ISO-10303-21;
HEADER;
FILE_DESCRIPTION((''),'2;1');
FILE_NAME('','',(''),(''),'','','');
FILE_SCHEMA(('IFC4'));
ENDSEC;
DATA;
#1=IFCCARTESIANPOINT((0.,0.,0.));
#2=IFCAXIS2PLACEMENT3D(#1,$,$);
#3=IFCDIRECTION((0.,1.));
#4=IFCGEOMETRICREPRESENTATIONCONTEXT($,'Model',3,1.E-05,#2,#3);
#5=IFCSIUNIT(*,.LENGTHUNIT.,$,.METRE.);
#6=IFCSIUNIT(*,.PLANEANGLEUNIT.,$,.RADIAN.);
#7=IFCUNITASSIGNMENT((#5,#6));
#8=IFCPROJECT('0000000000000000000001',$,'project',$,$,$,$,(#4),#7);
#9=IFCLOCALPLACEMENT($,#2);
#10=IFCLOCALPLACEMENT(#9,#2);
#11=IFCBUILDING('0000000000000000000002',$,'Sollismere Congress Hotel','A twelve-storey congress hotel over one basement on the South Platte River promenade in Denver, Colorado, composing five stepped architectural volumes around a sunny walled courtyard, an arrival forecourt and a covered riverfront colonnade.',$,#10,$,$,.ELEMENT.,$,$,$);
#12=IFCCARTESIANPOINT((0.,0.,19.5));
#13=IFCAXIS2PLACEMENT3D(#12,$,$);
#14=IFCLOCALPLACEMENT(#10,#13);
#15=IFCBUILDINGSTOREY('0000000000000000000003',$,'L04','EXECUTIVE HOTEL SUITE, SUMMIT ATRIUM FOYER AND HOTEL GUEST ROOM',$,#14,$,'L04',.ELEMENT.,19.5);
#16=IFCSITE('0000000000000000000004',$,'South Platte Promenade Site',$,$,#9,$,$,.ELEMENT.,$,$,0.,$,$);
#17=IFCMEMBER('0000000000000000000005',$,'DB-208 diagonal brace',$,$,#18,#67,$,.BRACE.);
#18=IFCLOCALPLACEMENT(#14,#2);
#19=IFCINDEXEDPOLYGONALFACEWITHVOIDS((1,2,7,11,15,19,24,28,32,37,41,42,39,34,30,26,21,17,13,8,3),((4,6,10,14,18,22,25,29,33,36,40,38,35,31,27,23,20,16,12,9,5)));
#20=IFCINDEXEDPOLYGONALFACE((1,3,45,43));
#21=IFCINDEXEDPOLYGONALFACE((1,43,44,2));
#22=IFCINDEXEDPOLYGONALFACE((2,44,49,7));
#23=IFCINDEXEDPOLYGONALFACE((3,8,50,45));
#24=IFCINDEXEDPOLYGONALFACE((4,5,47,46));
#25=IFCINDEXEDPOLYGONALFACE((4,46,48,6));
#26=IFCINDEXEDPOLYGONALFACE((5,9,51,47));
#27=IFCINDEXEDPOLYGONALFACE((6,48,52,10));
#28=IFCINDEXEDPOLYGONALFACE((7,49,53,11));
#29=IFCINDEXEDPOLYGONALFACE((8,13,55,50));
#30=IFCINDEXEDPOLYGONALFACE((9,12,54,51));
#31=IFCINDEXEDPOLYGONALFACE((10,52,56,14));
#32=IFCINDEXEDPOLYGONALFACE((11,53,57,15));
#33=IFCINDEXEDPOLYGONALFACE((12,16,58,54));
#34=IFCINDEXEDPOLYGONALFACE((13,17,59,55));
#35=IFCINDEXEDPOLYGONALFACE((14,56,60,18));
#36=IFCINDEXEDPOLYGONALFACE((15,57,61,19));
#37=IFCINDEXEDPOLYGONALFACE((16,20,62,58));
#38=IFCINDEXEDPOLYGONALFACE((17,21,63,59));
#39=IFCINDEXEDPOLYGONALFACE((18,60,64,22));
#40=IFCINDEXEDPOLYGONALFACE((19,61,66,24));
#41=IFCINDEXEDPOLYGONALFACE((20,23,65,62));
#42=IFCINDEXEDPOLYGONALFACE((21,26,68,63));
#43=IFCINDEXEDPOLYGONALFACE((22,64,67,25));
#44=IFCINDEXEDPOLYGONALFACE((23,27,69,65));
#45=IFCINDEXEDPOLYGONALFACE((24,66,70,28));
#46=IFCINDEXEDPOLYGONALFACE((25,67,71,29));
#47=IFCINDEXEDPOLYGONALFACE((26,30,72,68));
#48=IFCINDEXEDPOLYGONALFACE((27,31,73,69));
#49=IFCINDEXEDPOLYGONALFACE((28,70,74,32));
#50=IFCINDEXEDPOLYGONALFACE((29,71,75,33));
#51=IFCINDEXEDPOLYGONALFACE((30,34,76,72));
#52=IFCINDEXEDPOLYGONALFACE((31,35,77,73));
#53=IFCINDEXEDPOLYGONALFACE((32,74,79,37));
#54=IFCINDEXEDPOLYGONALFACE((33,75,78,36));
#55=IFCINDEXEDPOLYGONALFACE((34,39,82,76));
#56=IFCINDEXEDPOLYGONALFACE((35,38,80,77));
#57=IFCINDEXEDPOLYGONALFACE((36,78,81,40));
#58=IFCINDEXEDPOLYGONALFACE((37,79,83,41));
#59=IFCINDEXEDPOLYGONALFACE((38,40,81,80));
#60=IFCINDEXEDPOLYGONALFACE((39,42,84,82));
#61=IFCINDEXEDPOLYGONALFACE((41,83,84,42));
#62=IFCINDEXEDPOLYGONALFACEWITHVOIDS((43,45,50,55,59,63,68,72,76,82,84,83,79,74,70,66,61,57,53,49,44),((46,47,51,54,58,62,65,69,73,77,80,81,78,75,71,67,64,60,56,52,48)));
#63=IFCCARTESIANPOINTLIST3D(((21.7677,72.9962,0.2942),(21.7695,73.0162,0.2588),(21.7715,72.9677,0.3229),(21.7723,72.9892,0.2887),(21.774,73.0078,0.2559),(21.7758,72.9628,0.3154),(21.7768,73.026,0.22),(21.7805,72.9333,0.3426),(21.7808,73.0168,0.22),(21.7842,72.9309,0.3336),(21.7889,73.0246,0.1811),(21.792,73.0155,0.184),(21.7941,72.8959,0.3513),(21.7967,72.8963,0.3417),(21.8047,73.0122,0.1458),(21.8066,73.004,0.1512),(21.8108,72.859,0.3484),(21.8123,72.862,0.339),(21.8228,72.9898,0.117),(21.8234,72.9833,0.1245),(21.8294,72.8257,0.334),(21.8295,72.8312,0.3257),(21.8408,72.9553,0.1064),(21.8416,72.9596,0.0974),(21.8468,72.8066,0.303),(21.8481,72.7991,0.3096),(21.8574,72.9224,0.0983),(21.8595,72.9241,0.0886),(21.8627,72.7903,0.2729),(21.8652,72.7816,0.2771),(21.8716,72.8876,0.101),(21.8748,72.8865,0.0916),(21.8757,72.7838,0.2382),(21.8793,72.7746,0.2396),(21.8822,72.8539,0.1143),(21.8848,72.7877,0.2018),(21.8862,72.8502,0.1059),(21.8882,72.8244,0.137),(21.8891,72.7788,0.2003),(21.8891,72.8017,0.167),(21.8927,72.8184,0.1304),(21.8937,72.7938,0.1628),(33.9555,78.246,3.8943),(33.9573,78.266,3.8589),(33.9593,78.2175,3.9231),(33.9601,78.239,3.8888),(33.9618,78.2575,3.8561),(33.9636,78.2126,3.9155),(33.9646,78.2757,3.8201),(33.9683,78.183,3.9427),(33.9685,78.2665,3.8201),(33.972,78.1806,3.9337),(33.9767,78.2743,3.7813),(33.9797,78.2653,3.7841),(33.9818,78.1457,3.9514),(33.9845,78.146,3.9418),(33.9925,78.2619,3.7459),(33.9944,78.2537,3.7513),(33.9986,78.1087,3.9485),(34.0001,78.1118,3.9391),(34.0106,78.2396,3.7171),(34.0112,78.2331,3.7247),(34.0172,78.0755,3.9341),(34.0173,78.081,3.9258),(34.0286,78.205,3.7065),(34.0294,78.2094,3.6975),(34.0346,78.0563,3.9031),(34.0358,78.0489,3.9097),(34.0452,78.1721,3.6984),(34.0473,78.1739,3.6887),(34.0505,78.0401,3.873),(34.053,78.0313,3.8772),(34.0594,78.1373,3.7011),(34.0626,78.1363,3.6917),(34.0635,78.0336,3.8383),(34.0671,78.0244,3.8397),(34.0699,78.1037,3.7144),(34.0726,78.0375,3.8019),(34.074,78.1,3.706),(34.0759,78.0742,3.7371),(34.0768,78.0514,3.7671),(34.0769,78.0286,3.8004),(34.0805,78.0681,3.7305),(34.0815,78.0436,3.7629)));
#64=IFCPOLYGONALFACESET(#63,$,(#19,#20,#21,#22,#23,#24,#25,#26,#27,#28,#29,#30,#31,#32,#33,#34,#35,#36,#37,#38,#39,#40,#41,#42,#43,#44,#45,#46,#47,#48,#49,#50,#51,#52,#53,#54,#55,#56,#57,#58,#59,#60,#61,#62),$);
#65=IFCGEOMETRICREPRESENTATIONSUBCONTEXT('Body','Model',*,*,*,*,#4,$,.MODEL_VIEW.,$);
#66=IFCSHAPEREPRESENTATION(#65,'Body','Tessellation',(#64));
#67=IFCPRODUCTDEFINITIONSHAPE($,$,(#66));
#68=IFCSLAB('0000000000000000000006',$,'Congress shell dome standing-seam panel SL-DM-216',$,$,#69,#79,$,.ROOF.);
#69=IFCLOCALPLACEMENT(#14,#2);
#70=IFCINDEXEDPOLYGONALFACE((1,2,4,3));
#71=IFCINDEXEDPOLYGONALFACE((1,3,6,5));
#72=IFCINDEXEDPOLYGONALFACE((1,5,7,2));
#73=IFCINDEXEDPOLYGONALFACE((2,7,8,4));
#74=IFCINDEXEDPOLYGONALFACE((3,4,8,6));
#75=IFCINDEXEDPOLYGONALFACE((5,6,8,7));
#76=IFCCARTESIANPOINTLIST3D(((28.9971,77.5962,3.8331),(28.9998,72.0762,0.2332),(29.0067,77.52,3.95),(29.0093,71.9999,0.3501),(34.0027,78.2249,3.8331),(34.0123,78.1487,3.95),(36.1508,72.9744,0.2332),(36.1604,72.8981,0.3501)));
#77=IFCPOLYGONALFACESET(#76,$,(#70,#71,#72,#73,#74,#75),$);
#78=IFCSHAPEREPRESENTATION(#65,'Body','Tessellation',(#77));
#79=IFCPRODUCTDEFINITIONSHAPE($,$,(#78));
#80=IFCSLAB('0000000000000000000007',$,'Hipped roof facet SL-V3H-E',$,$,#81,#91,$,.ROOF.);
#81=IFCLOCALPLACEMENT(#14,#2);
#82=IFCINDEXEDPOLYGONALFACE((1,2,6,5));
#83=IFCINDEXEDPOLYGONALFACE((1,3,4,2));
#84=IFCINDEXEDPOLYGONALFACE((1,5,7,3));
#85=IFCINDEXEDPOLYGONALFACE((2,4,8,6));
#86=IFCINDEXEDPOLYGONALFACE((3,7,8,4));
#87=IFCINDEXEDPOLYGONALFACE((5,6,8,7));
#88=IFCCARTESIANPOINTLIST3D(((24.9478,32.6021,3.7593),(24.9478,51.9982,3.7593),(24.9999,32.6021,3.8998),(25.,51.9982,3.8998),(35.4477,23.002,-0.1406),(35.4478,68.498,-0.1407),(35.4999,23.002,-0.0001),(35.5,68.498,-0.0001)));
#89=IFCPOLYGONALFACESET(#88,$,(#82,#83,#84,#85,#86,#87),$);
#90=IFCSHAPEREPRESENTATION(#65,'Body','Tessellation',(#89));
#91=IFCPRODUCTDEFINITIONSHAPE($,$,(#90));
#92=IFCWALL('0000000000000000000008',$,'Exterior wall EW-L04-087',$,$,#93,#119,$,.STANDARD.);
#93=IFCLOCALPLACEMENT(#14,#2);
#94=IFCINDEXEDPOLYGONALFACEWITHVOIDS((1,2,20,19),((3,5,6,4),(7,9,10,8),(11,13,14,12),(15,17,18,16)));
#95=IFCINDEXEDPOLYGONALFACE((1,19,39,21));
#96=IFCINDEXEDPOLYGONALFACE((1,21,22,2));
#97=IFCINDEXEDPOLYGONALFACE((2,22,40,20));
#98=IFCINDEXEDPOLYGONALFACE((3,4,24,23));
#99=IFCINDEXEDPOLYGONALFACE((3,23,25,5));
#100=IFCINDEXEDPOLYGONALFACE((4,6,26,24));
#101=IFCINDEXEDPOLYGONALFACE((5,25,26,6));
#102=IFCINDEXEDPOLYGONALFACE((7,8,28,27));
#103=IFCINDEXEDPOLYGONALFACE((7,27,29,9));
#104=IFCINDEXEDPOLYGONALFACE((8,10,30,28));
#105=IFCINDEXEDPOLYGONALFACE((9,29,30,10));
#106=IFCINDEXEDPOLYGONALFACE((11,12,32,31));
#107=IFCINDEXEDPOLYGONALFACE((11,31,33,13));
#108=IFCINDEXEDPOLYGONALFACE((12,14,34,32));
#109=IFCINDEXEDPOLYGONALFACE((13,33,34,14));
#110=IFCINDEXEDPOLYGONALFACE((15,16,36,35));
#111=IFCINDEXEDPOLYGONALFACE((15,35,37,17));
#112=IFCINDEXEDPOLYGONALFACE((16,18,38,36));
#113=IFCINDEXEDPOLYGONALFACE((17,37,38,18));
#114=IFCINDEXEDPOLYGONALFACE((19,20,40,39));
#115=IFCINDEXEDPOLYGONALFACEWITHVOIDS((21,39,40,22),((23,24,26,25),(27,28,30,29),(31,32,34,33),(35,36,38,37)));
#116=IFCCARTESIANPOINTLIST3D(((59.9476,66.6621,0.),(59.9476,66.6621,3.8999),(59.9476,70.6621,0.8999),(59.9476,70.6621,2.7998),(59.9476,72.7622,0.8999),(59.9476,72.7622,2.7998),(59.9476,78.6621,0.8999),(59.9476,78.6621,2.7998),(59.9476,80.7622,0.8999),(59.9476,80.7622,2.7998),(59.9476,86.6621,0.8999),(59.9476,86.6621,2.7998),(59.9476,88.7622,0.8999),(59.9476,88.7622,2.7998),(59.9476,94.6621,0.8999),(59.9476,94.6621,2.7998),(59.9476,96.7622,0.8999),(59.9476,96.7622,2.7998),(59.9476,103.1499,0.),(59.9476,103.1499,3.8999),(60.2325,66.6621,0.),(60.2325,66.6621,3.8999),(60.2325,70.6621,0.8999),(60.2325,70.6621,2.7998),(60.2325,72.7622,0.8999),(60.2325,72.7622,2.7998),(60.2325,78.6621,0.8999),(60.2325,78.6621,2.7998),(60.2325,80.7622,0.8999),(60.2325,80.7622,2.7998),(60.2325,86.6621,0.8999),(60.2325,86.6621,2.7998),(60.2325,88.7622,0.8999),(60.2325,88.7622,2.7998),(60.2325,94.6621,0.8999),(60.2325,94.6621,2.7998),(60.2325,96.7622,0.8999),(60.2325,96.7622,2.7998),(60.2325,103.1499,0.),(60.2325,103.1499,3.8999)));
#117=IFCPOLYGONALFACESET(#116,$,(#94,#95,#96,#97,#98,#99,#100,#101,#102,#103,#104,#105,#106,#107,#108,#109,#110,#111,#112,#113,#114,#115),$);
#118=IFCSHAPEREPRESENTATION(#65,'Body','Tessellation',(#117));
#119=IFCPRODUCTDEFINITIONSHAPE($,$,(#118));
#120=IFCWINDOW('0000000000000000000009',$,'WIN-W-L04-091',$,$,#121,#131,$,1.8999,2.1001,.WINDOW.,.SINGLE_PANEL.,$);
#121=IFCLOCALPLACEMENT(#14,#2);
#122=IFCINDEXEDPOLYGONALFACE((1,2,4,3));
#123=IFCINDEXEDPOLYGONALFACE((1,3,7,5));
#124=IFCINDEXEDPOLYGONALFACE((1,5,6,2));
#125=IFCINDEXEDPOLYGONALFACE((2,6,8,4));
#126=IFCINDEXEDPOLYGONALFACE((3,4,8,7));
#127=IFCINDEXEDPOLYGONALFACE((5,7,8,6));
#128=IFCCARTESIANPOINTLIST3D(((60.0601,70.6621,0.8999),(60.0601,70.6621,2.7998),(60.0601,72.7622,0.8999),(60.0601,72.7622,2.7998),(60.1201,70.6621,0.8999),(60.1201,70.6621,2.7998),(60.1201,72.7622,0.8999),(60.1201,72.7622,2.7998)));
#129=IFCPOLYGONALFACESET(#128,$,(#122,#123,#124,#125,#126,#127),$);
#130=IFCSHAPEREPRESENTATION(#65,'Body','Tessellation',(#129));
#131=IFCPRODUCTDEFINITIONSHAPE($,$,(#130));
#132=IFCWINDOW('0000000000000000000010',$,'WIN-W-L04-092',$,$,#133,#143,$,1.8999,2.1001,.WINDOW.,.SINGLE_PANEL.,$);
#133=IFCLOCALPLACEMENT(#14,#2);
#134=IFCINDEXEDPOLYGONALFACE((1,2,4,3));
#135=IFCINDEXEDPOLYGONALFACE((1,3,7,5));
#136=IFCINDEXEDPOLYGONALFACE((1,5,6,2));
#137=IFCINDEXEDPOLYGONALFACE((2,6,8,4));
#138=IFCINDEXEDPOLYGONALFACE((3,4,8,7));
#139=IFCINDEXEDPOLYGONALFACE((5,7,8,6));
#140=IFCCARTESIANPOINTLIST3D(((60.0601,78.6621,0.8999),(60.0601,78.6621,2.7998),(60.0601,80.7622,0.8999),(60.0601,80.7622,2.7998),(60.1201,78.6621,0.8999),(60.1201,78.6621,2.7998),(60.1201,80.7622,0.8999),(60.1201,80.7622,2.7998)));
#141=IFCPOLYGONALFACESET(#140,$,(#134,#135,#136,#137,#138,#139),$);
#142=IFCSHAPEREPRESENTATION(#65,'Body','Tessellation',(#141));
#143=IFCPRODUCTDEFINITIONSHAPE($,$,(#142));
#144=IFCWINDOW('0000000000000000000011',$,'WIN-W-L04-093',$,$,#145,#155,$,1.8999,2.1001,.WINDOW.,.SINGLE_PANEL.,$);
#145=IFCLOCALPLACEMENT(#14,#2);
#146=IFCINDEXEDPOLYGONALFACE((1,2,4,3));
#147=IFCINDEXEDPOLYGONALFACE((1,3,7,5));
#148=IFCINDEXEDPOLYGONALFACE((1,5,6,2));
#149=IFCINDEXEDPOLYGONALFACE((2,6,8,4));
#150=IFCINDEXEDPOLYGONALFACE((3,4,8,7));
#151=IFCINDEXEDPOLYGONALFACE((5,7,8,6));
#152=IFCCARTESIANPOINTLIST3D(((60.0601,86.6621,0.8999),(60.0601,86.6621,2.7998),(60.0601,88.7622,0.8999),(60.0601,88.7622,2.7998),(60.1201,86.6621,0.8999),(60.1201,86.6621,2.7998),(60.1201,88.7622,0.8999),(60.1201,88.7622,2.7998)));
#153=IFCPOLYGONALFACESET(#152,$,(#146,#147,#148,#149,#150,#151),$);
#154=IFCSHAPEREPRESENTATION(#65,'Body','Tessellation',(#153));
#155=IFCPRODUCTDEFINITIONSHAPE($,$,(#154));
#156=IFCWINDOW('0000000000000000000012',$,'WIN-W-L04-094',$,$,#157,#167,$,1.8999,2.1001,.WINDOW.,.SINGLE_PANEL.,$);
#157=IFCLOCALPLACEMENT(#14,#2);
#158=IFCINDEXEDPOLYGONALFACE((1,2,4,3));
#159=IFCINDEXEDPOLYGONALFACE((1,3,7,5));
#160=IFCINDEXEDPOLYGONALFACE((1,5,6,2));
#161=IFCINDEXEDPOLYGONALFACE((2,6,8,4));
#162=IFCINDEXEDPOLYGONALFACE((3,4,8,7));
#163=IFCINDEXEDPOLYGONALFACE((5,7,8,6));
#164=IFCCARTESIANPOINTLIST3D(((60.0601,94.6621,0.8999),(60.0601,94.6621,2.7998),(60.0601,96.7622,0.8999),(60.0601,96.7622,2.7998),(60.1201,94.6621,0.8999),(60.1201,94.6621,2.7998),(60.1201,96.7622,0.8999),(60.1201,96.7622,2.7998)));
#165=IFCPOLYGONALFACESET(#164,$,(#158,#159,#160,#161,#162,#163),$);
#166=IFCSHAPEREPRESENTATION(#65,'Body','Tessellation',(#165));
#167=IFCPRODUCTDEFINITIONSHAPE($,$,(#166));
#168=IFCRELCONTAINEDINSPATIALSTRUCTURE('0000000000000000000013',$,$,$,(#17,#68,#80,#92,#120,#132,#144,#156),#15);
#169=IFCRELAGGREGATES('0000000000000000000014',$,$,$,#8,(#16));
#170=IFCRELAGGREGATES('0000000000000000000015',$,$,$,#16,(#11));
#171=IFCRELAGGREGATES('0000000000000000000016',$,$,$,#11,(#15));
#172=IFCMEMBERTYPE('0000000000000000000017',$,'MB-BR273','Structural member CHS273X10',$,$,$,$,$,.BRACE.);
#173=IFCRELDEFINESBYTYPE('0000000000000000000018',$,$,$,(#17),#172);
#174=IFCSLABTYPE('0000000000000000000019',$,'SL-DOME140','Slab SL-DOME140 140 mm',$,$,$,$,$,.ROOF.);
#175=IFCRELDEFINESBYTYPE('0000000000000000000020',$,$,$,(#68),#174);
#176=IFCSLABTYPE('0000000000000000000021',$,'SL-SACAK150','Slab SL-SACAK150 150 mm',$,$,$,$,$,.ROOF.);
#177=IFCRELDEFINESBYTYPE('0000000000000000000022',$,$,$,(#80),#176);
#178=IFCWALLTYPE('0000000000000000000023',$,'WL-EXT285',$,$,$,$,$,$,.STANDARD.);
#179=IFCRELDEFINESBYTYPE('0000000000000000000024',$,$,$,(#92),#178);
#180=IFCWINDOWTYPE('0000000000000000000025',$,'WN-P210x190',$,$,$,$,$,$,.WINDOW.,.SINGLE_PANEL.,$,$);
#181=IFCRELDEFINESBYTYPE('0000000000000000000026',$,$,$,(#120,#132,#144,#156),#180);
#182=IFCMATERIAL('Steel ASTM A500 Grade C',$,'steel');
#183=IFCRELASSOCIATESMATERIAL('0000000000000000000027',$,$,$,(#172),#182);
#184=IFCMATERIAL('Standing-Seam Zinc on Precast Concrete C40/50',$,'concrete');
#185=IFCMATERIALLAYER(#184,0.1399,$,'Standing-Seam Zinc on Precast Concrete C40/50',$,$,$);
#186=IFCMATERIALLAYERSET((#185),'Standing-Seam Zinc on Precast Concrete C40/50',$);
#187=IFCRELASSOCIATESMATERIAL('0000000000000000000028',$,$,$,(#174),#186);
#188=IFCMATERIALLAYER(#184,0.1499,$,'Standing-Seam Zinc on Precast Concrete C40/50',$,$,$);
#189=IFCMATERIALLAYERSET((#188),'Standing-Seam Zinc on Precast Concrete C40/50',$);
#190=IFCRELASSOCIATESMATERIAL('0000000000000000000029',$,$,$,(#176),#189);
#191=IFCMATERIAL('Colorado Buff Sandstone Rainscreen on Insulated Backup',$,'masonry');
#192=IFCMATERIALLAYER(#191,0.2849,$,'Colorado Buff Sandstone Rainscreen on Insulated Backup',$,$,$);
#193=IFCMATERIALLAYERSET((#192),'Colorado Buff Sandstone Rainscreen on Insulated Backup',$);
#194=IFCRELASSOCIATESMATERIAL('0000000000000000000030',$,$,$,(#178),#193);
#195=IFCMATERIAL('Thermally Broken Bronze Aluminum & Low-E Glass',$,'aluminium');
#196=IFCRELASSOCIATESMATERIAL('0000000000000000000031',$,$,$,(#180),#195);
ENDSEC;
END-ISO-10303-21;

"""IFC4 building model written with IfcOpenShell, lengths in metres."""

from ifc_helpers import new_model, si_unit, direction, frame, frame_2d, origin, origin_2d, place, context, subcontext, project, spatial, polyline, rectangle, hollow_circle, outline, extrude, material, layer, layer_set, material_profile, profile_set, type_object, element, fill, save


model = new_model("IFC4")

# Units and contexts
model_context = context("Model", 3, precision=1e-05, world=origin(), true_north=direction((0.0, 1.0)))
body_context = subcontext(model_context, "Body", "Model", "MODEL_VIEW")
ifc_project = project(units=[si_unit("LENGTHUNIT", "METRE"), si_unit("PLANEANGLEUNIT", "RADIAN")], contexts=[model_context])

# Site, building, storey
site_placement = place(None, origin())
site = spatial("IfcSite", under=ifc_project, at=site_placement, Name="South Platte Promenade Site", CompositionType="ELEMENT", RefElevation=0.0)
building_placement = place(site_placement, origin())
building = spatial("IfcBuilding", under=site, at=building_placement, Name="Sollismere Congress Hotel", Description="A twelve-storey congress hotel over one basement on the South Platte River promenade in Denver, Colorado, composing five stepped architectural volumes around a sunny walled courtyard, an arrival forecourt and a covered riverfront colonnade.", CompositionType="ELEMENT")
storey_placement = place(building_placement, frame((0.0, 0.0, 19.5)))
storey = spatial("IfcBuildingStorey", under=building, at=storey_placement, Name="L04", Description="EXECUTIVE HOTEL SUITE, SUMMIT ATRIUM FOYER AND HOTEL GUEST ROOM", LongName="L04", CompositionType="ELEMENT", Elevation=19.5)

# Member
ifc_material_1 = material(Name="Steel ASTM A500 Grade C", Category="steel")
ifc_material_profile_1 = material_profile(ifc_material_1, hollow_circle(Radius=0.1365, WallThickness=0.01, at=origin_2d()), Name="CHS273X10")
ifc_profile_set_1 = profile_set([ifc_material_profile_1], Name="Steel ASTM A500 Grade C")
member_type_1 = type_object("IfcMemberType", Name="MB-BR273", Description="Structural member CHS273X10", PredefinedType="BRACE", material=ifc_profile_set_1)
member_placement = place(storey_placement, frame((21.8308, 72.9006, 0.22), z_axis=(0.886383, 0.381801, 0.261826), x_axis=(-0.395602, 0.918422, 0.0)))
element("IfcMember", 1, at=member_placement, inside=storey, type_object=member_type_1, Name="DB-208 diagonal brace", PredefinedType="BRACE", context=body_context, shape_type="SweptSolid", body=[
    extrude(hollow_circle(Radius=0.1365, WallThickness=0.01, at=origin_2d()), origin(), (0.0, 0.0, 1.0), 13.75),
])

# Slabs
ifc_material_2 = material(Name="Standing-Seam Zinc on Precast Concrete C40/50", Category="concrete")
ifc_layer_1 = layer(ifc_material_2, 0.1399, Name="Standing-Seam Zinc on Precast Concrete C40/50")
ifc_layer_set_1 = layer_set([ifc_layer_1], Name="Standing-Seam Zinc on Precast Concrete C40/50")
slab_type_1 = type_object("IfcSlabType", Name="SL-DOME140", Description="Slab SL-DOME140 140 mm", PredefinedType="ROOF", material=ifc_layer_set_1)
slab_1_placement = place(storey_placement, frame((28.9998, 72.0762, 0.2332), z_axis=(0.068444, -0.544949, 0.835671), x_axis=(0.992204, 0.124621, 0.000002)))
element("IfcSlab", 2, at=slab_1_placement, inside=storey, type_object=slab_type_1, Name="Congress shell dome standing-seam panel SL-DM-216", PredefinedType="ROOF", context=body_context, shape_type="SweptSolid", body=[
    extrude(outline(polyline([(0.0, 0.0), (7.2073, 0.0), (5.7302, 6.5544), (0.6853, 6.5544), (0.0, 0.0)])), origin(), (0.0, 0.0, 1.0), 0.1399),
])
ifc_layer_2 = layer(ifc_material_2, 0.1499, Name="Standing-Seam Zinc on Precast Concrete C40/50")
ifc_layer_set_2 = layer_set([ifc_layer_2], Name="Standing-Seam Zinc on Precast Concrete C40/50")
slab_type_2 = type_object("IfcSlabType", Name="SL-SACAK150", Description="Slab SL-SACAK150 150 mm", PredefinedType="ROOF", material=ifc_layer_set_2)
slab_2_placement = place(storey_placement, frame((24.9478, 32.6021, 3.7593), z_axis=(0.348179, 0.0, 0.937428), x_axis=(0.711769, -0.650766, -0.264365)))
element("IfcSlab", 3, at=slab_2_placement, inside=storey, type_object=slab_type_2, Name="Hipped roof facet SL-V3H-E", PredefinedType="ROOF", context=body_context, shape_type="SweptSolid", body=[
    extrude(outline(polyline([(0.0, 0.0), (14.752, 0.0), (-14.8552, 34.5442), (-12.6223, 14.7271), (0.0, 0.0)])), origin(), (0.0, 0.0, 1.0), 0.1499),
])

# Wall, openings, windows
ifc_material_3 = material(Name="Colorado Buff Sandstone Rainscreen on Insulated Backup", Category="masonry")
ifc_layer_3 = layer(ifc_material_3, 0.2849, Name="Colorado Buff Sandstone Rainscreen on Insulated Backup")
ifc_layer_set_3 = layer_set([ifc_layer_3], Name="Colorado Buff Sandstone Rainscreen on Insulated Backup")
wall_type_1 = type_object("IfcWallType", Name="WL-EXT285", PredefinedType="STANDARD", material=ifc_layer_set_3)
wall_1_placement = place(storey_placement, frame((60.0901, 66.6621, 0.0), z_axis=(0.0, 0.0, 1.0), x_axis=(0.0, 1.0, 0.0)))
wall_1 = element("IfcWall", 4, at=wall_1_placement, inside=storey, type_object=wall_type_1, Name="Exterior wall EW-L04-087", PredefinedType="STANDARD", context=body_context, shape_type="SweptSolid", body=[
    extrude(rectangle(XDim=36.4878, YDim=0.2849, at=frame_2d((18.2439, 0.0))), origin(), (0.0, 0.0, 1.0), 3.8999),
])
opening_1_placement = place(wall_1_placement, frame((4.0, 0.0, 0.8999)))
opening_1 = element("IfcOpeningElement", 5, at=opening_1_placement, cuts=wall_1, PredefinedType="OPENING", context=body_context, shape_type="SweptSolid", body=[
    extrude(rectangle(XDim=2.1001, YDim=1.8999, at=frame_2d((1.05, 0.95))), frame((0.0, 0.1523, 0.0), z_axis=(0.0, -1.0, 0.0), x_axis=(1.0, 0.0, 0.0)), (0.0, 0.0, 1.0), 0.3049),
])
opening_2_placement = place(wall_1_placement, frame((12.0, 0.0, 0.8999)))
opening_2 = element("IfcOpeningElement", 6, at=opening_2_placement, cuts=wall_1, PredefinedType="OPENING", context=body_context, shape_type="SweptSolid", body=[
    extrude(rectangle(XDim=2.1001, YDim=1.8999, at=frame_2d((1.05, 0.95))), frame((0.0, 0.1523, 0.0), z_axis=(0.0, -1.0, 0.0), x_axis=(1.0, 0.0, 0.0)), (0.0, 0.0, 1.0), 0.3049),
])
opening_3_placement = place(wall_1_placement, frame((20.0, 0.0, 0.8999)))
opening_3 = element("IfcOpeningElement", 7, at=opening_3_placement, cuts=wall_1, PredefinedType="OPENING", context=body_context, shape_type="SweptSolid", body=[
    extrude(rectangle(XDim=2.1001, YDim=1.8999, at=frame_2d((1.05, 0.95))), frame((0.0, 0.1523, 0.0), z_axis=(0.0, -1.0, 0.0), x_axis=(1.0, 0.0, 0.0)), (0.0, 0.0, 1.0), 0.3049),
])
opening_4_placement = place(wall_1_placement, frame((28.0, 0.0, 0.8999)))
opening_4 = element("IfcOpeningElement", 8, at=opening_4_placement, cuts=wall_1, PredefinedType="OPENING", context=body_context, shape_type="SweptSolid", body=[
    extrude(rectangle(XDim=2.1001, YDim=1.8999, at=frame_2d((1.05, 0.95))), frame((0.0, 0.1523, 0.0), z_axis=(0.0, -1.0, 0.0), x_axis=(1.0, 0.0, 0.0)), (0.0, 0.0, 1.0), 0.3049),
])
ifc_material_4 = material(Name="Thermally Broken Bronze Aluminum & Low-E Glass", Category="aluminium")
window_type_1 = type_object("IfcWindowType", Name="WN-P210x190", PartitioningType="SINGLE_PANEL", PredefinedType="WINDOW", material=ifc_material_4)
window_1_placement = place(opening_1_placement, origin())
window_1 = element("IfcWindow", 9, at=window_1_placement, inside=storey, type_object=window_type_1, Name="WIN-W-L04-091", OverallHeight=1.8999, OverallWidth=2.1001, PartitioningType="SINGLE_PANEL", PredefinedType="WINDOW", context=body_context, shape_type="SweptSolid", body=[
    extrude(rectangle(XDim=2.1001, YDim=1.8999, at=frame_2d((1.05, 0.95))), frame((0.0, 0.03, 0.0), z_axis=(0.0, -1.0, 0.0), x_axis=(1.0, 0.0, 0.0)), (0.0, 0.0, 1.0), 0.0601),
])
fill(opening_1, window_1)
window_2_placement = place(opening_2_placement, origin())
window_2 = element("IfcWindow", 10, at=window_2_placement, inside=storey, type_object=window_type_1, Name="WIN-W-L04-092", OverallHeight=1.8999, OverallWidth=2.1001, PartitioningType="SINGLE_PANEL", PredefinedType="WINDOW", context=body_context, shape_type="SweptSolid", body=[
    extrude(rectangle(XDim=2.1001, YDim=1.8999, at=frame_2d((1.05, 0.95))), frame((0.0, 0.03, 0.0), z_axis=(0.0, -1.0, 0.0), x_axis=(1.0, 0.0, 0.0)), (0.0, 0.0, 1.0), 0.0601),
])
fill(opening_2, window_2)
window_3_placement = place(opening_3_placement, origin())
window_3 = element("IfcWindow", 11, at=window_3_placement, inside=storey, type_object=window_type_1, Name="WIN-W-L04-093", OverallHeight=1.8999, OverallWidth=2.1001, PartitioningType="SINGLE_PANEL", PredefinedType="WINDOW", context=body_context, shape_type="SweptSolid", body=[
    extrude(rectangle(XDim=2.1001, YDim=1.8999, at=frame_2d((1.05, 0.95))), frame((0.0, 0.03, 0.0), z_axis=(0.0, -1.0, 0.0), x_axis=(1.0, 0.0, 0.0)), (0.0, 0.0, 1.0), 0.0601),
])
fill(opening_3, window_3)
window_4_placement = place(opening_4_placement, origin())
window_4 = element("IfcWindow", 12, at=window_4_placement, inside=storey, type_object=window_type_1, Name="WIN-W-L04-094", OverallHeight=1.8999, OverallWidth=2.1001, PartitioningType="SINGLE_PANEL", PredefinedType="WINDOW", context=body_context, shape_type="SweptSolid", body=[
    extrude(rectangle(XDim=2.1001, YDim=1.8999, at=frame_2d((1.05, 0.95))), frame((0.0, 0.03, 0.0), z_axis=(0.0, -1.0, 0.0), x_axis=(1.0, 0.0, 0.0)), (0.0, 0.0, 1.0), 0.0601),
])
fill(opening_4, window_4)

save(model, "model.ifc")
